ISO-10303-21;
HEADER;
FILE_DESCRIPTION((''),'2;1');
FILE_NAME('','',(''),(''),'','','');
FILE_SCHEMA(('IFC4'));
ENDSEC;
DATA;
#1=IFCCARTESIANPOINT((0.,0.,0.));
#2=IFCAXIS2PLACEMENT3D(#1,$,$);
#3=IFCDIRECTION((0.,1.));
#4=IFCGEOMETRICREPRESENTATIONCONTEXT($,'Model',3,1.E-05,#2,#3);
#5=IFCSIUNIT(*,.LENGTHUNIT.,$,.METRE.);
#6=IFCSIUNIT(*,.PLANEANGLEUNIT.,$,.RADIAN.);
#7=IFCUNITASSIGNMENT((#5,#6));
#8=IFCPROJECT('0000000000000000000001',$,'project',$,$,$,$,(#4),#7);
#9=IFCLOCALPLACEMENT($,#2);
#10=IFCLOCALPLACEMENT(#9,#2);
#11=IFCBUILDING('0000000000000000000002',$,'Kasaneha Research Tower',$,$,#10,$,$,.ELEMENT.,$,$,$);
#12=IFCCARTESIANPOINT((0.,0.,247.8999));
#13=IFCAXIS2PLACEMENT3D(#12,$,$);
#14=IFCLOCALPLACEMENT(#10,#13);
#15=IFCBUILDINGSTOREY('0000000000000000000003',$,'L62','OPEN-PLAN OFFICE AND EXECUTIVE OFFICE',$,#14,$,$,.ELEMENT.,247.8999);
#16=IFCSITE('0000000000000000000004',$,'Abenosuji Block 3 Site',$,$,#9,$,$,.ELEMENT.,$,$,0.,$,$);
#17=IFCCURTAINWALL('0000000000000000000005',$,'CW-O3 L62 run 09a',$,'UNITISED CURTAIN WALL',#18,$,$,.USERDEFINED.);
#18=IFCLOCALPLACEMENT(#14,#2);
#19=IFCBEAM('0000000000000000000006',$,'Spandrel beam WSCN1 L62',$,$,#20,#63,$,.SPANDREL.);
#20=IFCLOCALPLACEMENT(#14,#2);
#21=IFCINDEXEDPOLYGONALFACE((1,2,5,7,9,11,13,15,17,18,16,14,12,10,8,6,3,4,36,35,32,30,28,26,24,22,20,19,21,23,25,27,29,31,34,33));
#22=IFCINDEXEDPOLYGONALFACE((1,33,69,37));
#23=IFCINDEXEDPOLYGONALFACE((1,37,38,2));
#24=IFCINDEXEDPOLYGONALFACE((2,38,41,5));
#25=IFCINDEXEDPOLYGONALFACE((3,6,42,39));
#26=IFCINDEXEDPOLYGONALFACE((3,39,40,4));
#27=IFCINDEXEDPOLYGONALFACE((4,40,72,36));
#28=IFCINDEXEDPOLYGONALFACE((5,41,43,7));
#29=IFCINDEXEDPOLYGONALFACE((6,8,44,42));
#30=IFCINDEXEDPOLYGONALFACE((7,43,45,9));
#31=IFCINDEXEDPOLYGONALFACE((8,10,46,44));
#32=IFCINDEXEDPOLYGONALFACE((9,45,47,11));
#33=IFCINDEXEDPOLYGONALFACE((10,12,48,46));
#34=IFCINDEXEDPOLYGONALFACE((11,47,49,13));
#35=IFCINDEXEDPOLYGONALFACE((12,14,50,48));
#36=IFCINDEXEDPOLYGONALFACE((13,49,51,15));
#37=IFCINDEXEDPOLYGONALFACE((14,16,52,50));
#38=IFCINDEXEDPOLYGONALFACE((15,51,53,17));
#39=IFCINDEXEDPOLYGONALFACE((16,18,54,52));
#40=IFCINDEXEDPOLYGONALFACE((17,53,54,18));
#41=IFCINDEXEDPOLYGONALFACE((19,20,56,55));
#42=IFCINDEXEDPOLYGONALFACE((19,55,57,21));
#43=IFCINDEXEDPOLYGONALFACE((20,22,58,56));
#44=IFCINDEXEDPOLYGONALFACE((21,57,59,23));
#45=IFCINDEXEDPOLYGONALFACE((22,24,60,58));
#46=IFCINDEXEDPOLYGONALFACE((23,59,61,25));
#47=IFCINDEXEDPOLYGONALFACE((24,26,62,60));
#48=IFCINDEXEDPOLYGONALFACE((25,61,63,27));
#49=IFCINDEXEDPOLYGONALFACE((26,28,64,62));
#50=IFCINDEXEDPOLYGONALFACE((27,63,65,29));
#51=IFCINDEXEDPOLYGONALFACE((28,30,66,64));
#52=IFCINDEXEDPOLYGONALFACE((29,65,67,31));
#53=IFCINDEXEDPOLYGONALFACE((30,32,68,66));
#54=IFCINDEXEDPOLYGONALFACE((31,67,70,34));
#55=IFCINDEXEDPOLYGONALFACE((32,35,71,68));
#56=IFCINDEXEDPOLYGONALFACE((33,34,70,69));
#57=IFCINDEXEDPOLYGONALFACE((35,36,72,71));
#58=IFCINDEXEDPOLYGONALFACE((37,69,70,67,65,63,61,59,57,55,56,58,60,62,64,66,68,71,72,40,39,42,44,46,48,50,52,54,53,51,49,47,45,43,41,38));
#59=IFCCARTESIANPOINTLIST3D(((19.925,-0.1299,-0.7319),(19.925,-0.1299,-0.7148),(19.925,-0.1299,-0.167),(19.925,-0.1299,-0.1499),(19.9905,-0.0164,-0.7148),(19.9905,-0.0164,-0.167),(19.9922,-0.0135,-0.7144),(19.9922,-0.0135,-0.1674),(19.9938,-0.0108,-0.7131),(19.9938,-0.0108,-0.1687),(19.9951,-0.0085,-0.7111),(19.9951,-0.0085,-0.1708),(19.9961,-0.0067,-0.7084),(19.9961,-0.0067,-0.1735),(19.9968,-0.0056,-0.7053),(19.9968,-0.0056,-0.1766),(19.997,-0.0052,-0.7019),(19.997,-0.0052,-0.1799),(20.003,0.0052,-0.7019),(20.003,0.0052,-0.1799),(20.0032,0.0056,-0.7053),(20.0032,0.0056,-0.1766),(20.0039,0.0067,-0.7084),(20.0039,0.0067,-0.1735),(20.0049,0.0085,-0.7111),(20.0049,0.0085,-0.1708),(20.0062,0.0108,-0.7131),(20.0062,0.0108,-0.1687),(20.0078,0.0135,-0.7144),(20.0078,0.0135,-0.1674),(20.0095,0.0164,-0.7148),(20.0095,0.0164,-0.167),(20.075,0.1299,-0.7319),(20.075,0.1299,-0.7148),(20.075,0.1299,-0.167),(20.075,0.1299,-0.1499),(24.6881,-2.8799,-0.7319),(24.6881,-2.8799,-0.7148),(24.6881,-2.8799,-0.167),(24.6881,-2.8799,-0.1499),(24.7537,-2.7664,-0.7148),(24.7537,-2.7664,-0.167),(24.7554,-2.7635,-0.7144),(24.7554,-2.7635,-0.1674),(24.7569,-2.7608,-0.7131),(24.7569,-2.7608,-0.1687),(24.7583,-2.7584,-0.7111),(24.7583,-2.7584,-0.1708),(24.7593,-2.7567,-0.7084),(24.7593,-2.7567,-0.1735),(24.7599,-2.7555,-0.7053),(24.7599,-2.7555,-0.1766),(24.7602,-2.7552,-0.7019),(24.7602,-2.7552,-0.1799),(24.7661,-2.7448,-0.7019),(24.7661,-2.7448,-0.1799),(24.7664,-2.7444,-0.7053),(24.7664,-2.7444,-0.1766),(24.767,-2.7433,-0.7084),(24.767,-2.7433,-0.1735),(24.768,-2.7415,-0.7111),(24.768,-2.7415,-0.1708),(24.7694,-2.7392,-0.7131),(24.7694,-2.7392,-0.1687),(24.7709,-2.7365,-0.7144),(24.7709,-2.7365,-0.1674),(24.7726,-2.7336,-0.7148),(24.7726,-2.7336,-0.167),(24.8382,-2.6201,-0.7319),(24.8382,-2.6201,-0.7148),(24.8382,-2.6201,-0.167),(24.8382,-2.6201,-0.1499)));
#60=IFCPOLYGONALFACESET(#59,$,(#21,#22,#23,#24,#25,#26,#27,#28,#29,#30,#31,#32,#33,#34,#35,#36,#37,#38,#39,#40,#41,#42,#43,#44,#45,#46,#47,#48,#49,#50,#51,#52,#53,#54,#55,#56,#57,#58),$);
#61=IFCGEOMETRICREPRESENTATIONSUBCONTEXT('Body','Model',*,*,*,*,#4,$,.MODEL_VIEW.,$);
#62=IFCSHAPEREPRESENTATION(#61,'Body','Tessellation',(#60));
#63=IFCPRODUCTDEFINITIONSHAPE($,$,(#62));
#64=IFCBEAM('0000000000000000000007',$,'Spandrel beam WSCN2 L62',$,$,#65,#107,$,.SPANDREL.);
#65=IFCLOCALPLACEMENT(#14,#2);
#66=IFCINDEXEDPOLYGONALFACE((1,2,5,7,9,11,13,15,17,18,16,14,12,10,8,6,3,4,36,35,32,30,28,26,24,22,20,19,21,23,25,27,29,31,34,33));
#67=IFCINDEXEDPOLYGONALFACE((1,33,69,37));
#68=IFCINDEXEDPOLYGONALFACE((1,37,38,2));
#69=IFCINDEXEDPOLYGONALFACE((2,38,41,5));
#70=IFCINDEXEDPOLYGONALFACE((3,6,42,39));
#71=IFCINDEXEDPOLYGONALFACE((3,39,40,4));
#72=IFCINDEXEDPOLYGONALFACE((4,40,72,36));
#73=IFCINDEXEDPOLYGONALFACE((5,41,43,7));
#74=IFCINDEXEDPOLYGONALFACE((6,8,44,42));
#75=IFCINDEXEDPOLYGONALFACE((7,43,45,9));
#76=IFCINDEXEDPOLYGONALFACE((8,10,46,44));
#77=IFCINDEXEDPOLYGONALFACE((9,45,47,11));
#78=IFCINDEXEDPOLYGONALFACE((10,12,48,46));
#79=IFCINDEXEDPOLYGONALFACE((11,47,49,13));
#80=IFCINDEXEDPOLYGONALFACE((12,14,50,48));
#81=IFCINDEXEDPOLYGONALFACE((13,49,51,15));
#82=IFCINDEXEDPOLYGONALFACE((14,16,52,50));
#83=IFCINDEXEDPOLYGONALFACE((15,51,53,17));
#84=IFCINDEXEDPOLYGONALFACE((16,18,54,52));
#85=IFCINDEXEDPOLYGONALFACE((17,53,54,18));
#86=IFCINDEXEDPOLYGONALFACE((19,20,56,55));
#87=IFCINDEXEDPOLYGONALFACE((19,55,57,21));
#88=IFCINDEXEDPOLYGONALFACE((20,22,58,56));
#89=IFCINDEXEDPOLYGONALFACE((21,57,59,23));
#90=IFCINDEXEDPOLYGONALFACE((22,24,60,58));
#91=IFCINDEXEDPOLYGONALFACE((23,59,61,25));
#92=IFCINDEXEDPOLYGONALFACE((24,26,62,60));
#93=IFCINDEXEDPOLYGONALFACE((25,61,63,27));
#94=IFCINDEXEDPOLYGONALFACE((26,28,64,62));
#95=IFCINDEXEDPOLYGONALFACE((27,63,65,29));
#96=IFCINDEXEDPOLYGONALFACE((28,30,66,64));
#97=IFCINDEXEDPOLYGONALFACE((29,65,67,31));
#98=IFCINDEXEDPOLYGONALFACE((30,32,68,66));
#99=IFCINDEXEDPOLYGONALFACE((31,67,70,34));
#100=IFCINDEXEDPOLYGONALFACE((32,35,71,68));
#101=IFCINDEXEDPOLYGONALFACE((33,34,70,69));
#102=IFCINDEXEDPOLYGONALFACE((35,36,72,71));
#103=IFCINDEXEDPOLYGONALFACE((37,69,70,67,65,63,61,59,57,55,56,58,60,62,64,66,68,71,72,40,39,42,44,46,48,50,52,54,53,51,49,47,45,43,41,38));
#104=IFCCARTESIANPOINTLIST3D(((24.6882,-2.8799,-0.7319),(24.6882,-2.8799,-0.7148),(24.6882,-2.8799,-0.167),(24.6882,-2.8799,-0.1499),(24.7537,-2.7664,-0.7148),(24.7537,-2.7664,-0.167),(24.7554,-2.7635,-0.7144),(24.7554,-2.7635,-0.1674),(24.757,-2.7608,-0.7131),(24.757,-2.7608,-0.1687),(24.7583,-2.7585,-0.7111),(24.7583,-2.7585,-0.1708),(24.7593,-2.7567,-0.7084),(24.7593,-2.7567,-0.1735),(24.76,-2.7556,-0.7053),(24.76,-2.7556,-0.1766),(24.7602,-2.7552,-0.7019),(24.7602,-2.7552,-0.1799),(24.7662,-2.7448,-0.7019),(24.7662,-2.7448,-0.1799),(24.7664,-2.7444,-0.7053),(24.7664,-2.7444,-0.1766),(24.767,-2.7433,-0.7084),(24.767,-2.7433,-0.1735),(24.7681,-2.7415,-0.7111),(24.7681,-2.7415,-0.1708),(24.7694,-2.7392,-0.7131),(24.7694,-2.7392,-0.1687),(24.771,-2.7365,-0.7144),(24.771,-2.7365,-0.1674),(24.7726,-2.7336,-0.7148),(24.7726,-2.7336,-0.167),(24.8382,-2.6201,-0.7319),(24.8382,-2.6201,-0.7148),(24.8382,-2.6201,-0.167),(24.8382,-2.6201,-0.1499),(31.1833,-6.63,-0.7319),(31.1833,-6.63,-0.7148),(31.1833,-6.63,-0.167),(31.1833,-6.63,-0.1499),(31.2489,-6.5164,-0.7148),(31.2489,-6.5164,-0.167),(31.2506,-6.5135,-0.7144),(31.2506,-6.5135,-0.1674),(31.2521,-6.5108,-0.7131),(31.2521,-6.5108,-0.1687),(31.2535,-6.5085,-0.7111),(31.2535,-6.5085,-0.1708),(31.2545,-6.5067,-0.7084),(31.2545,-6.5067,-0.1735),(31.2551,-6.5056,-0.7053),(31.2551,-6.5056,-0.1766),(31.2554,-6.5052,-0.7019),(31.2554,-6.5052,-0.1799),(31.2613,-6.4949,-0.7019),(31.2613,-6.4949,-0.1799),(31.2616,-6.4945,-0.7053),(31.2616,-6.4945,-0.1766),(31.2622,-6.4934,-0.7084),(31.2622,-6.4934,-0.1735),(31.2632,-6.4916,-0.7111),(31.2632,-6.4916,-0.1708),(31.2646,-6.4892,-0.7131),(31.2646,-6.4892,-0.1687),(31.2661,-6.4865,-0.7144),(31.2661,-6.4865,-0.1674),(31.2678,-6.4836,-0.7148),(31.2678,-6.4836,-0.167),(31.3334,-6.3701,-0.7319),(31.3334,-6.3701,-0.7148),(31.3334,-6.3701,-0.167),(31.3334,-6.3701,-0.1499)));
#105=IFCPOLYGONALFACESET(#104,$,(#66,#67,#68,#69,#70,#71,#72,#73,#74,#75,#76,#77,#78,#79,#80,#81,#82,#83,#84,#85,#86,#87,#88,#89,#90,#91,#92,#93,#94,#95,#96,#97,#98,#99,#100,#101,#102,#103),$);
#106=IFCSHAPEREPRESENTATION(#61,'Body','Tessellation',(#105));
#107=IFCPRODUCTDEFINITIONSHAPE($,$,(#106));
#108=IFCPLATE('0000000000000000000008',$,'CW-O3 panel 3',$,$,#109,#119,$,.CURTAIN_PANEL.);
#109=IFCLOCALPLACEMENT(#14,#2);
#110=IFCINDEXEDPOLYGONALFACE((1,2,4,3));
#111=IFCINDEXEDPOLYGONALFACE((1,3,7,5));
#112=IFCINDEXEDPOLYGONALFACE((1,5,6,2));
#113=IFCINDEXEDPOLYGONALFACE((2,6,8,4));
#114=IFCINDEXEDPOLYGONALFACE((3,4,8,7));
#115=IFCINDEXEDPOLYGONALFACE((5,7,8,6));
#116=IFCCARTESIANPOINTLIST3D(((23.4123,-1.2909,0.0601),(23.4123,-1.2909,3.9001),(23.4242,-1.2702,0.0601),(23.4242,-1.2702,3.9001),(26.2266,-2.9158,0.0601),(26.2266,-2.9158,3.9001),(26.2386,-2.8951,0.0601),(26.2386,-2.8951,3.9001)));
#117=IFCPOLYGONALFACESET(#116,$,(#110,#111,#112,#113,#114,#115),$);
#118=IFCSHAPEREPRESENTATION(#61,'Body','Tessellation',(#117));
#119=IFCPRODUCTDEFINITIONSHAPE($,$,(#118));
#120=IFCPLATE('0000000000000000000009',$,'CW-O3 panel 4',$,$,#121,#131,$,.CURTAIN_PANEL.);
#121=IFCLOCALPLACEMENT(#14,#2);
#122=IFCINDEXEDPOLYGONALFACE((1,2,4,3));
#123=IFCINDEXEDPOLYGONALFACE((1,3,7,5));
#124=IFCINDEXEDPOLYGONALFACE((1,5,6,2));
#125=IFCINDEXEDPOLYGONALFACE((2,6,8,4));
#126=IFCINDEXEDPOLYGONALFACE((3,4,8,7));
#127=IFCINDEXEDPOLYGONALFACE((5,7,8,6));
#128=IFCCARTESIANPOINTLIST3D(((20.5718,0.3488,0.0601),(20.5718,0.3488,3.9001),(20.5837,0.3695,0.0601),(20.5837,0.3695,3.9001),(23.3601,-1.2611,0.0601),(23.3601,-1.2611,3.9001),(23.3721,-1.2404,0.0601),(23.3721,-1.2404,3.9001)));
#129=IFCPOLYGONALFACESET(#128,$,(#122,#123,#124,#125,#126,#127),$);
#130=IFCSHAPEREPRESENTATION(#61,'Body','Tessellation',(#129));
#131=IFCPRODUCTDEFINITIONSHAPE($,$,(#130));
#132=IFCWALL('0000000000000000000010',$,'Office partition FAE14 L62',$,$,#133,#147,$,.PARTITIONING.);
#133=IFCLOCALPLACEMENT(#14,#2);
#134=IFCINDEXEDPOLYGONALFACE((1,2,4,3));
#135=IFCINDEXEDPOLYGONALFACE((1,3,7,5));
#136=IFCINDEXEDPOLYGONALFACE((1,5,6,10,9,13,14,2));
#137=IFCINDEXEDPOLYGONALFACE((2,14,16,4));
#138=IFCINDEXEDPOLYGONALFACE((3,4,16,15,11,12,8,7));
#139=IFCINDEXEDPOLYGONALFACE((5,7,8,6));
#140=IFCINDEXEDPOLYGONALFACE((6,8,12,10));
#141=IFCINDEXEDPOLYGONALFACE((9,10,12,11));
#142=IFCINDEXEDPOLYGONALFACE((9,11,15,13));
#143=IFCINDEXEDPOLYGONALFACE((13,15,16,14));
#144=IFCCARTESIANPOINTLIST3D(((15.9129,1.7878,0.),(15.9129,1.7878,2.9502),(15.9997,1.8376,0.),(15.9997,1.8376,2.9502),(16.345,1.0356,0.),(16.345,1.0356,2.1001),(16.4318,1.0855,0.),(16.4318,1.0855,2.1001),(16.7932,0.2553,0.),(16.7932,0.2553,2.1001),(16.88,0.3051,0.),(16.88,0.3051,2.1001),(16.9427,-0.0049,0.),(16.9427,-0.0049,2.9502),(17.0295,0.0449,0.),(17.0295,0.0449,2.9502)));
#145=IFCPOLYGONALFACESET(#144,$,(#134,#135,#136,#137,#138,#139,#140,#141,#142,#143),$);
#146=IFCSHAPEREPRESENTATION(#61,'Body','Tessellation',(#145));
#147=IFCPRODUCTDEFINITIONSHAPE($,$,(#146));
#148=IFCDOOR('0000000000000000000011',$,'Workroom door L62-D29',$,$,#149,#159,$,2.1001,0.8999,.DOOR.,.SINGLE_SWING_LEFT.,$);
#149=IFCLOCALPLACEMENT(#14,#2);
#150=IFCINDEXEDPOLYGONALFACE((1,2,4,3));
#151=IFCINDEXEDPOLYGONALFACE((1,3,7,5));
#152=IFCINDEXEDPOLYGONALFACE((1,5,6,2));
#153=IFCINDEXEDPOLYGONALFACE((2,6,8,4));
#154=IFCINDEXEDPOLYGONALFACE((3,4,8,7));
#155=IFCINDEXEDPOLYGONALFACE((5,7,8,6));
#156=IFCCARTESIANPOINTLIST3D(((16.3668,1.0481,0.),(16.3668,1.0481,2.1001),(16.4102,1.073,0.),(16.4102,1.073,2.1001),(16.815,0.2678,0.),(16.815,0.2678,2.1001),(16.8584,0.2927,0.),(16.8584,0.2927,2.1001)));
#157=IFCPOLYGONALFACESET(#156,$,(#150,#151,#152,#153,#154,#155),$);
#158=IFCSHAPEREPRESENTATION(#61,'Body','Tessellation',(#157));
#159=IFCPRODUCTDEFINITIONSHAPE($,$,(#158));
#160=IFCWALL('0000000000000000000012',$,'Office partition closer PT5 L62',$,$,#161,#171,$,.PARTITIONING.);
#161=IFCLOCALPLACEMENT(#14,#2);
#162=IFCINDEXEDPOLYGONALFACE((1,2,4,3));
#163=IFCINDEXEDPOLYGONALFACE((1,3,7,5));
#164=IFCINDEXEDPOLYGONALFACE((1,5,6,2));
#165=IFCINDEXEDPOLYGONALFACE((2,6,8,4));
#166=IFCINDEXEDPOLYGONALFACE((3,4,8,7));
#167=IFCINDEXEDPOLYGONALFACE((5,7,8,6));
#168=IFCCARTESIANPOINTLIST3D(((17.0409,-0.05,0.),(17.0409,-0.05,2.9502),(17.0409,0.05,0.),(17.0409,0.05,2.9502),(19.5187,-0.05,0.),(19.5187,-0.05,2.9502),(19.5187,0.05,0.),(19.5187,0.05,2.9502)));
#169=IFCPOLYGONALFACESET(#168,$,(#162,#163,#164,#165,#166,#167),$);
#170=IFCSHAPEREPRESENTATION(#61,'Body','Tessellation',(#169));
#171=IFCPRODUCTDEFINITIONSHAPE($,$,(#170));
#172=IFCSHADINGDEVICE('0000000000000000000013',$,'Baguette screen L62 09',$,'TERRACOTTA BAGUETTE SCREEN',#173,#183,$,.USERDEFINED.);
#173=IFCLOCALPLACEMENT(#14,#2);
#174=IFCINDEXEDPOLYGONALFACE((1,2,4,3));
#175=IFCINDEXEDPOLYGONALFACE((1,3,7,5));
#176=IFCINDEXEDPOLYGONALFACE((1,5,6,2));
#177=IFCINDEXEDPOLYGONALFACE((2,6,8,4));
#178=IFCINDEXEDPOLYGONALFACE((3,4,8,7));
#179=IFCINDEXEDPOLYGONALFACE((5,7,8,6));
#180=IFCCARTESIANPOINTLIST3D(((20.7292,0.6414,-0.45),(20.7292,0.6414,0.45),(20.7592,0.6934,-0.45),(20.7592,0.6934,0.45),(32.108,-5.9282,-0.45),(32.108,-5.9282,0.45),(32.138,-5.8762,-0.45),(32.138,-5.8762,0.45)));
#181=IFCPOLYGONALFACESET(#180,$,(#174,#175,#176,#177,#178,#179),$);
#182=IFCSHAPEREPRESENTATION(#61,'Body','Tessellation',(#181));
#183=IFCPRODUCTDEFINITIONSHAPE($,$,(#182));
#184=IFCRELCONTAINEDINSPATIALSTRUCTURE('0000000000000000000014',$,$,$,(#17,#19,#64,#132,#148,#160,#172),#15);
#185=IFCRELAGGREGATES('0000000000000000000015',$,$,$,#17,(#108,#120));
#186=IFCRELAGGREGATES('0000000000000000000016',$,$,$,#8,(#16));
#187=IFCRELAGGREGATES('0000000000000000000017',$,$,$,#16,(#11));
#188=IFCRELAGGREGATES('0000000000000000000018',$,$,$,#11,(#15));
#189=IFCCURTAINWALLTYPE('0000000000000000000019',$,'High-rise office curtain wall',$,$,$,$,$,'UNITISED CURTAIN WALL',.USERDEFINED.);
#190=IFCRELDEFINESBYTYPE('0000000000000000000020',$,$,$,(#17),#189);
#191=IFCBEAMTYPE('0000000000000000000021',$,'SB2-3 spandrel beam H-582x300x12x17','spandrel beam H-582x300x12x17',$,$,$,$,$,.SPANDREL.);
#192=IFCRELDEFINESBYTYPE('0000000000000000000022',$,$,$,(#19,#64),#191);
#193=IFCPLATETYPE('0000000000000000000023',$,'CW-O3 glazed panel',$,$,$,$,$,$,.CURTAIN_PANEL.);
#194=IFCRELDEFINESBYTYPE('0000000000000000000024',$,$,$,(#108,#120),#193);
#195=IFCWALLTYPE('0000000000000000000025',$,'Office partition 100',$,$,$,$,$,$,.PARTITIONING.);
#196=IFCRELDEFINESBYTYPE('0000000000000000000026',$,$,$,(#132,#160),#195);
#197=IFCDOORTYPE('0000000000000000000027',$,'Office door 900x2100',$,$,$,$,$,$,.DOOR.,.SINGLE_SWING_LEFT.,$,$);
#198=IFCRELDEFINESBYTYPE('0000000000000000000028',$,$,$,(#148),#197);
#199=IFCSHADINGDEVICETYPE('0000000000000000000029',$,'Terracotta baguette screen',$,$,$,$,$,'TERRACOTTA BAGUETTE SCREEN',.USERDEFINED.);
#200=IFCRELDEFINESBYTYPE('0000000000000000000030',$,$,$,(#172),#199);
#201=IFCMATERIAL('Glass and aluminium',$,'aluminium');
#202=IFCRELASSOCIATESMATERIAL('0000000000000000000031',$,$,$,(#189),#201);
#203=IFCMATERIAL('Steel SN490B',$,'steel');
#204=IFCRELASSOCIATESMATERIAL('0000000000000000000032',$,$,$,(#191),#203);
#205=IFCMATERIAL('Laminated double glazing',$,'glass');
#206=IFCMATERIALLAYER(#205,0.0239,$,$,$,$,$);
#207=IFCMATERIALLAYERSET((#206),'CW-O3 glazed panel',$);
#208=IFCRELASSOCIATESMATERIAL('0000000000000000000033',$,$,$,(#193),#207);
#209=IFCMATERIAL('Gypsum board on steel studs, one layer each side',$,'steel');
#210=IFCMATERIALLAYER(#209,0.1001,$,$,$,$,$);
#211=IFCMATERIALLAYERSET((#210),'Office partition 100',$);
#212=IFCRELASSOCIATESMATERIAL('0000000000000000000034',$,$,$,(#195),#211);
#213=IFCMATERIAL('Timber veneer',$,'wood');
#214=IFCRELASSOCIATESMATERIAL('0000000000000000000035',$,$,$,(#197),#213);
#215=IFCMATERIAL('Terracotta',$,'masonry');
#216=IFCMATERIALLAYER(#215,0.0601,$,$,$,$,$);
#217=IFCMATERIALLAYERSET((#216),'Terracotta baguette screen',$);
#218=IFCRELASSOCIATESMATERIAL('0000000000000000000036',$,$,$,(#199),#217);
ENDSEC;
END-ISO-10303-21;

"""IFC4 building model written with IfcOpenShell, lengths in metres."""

from ifc_helpers import new_model, si_unit, direction, frame, frame_2d, origin, origin_2d, place, context, subcontext, project, spatial, rectangle, i_section, extrude, material, layer, layer_set, material_profile, profile_set, type_object, element, fill, aggregate, save


model = new_model("IFC4")

# Units and contexts
model_context = context("Model", 3, precision=1e-05, world=origin(), true_north=direction((0.0, 1.0)))
body_context = subcontext(model_context, "Body", "Model", "MODEL_VIEW")
ifc_project = project(units=[si_unit("LENGTHUNIT", "METRE"), si_unit("PLANEANGLEUNIT", "RADIAN")], contexts=[model_context])

# Site, building, storey
site_placement = place(None, origin())
site = spatial("IfcSite", under=ifc_project, at=site_placement, Name="Abenosuji Block 3 Site", CompositionType="ELEMENT", RefElevation=0.0)
building_placement = place(site_placement, origin())
building = spatial("IfcBuilding", under=site, at=building_placement, Name="Kasaneha Research Tower", CompositionType="ELEMENT")
storey_placement = place(building_placement, frame((0.0, 0.0, 247.8999)))
storey = spatial("IfcBuildingStorey", under=building, at=storey_placement, Name="L62", Description="OPEN-PLAN OFFICE AND EXECUTIVE OFFICE", CompositionType="ELEMENT", Elevation=247.8999)

# Curtain wall
ifc_material_1 = material(Name="Glass and aluminium", Category="aluminium")
curtain_wall_type = type_object("IfcCurtainWallType", Name="High-rise office curtain wall", ElementType="UNITISED CURTAIN WALL", PredefinedType="USERDEFINED", material=ifc_material_1)
curtain_wall_placement = place(storey_placement, origin())
curtain_wall = element("IfcCurtainWall", 1, at=curtain_wall_placement, inside=storey, type_object=curtain_wall_type, Name="CW-O3 L62 run 09a", ObjectType="UNITISED CURTAIN WALL", PredefinedType="USERDEFINED")

# Beams
ifc_material_2 = material(Name="Steel SN490B", Category="steel")
ifc_material_profile_1 = material_profile(ifc_material_2, i_section(OverallWidth=0.3, OverallDepth=0.582, WebThickness=0.012, FlangeThickness=0.0171, FilletRadius=0.0129, at=origin_2d()), Name="H-582x300x12x17")
ifc_profile_set_1 = profile_set([ifc_material_profile_1], Name="Steel SN490B")
beam_type_1 = type_object("IfcBeamType", Name="SB2-3 spandrel beam H-582x300x12x17", Description="spandrel beam H-582x300x12x17", PredefinedType="SPANDREL", material=ifc_profile_set_1)
beam_1_placement = place(storey_placement, frame((20.0, 0.0, -0.4409), z_axis=(0.866027, -0.499997, 0.0), x_axis=(0.499997, 0.866027, 0.0)))
element("IfcBeam", 2, at=beam_1_placement, inside=storey, type_object=beam_type_1, Name="Spandrel beam WSCN1 L62", PredefinedType="SPANDREL", context=body_context, shape_type="SweptSolid", body=[
    extrude(i_section(OverallWidth=0.3, OverallDepth=0.582, WebThickness=0.012, FlangeThickness=0.0171, FilletRadius=0.0129, at=origin_2d()), origin(), (0.0, 0.0, 1.0), 5.5),
])
beam_2_placement = place(storey_placement, frame((24.7632, -2.75, -0.4409), z_axis=(0.866023, -0.500004, 0.0), x_axis=(0.500004, 0.866023, 0.0)))
element("IfcBeam", 3, at=beam_2_placement, inside=storey, type_object=beam_type_1, Name="Spandrel beam WSCN2 L62", PredefinedType="SPANDREL", context=body_context, shape_type="SweptSolid", body=[
    extrude(i_section(OverallWidth=0.3, OverallDepth=0.582, WebThickness=0.012, FlangeThickness=0.0171, FilletRadius=0.0129, at=origin_2d()), origin(), (0.0, 0.0, 1.0), 7.5),
])

# Plates
ifc_material_3 = material(Name="Laminated double glazing", Category="glass")
ifc_layer_1 = layer(ifc_material_3, 0.0239)
ifc_layer_set_1 = layer_set([ifc_layer_1], Name="CW-O3 glazed panel")
plate_type = type_object("IfcPlateType", Name="CW-O3 glazed panel", PredefinedType="CURTAIN_PANEL", material=ifc_layer_set_1)
plate_1_placement = place(storey_placement, frame((24.8254, -2.093, 0.0601), z_axis=(0.0, 0.0, 1.0), x_axis=(-0.866025, 0.5, 0.0)))
plate_1 = element("IfcPlate", 4, at=plate_1_placement, type_object=plate_type, Name="CW-O3 panel 3", PredefinedType="CURTAIN_PANEL", context=body_context, shape_type="SweptSolid", body=[
    extrude(rectangle(XDim=3.2498, YDim=0.0239, at=origin_2d()), origin(), (0.0, 0.0, 1.0), 3.8401),
])
plate_2_placement = place(storey_placement, frame((21.9719, -0.4458, 0.0601), z_axis=(0.0, 0.0, 1.0), x_axis=(-0.866025, 0.5, 0.0)))
plate_2 = element("IfcPlate", 5, at=plate_2_placement, type_object=plate_type, Name="CW-O3 panel 4", PredefinedType="CURTAIN_PANEL", context=body_context, shape_type="SweptSolid", body=[
    extrude(rectangle(XDim=3.2197, YDim=0.0239, at=origin_2d()), origin(), (0.0, 0.0, 1.0), 3.8401),
])
aggregate(curtain_wall, [plate_1, plate_2])

# Wall, opening, door
ifc_material_4 = material(Name="Gypsum board on steel studs, one layer each side", Category="steel")
ifc_layer_2 = layer(ifc_material_4, 0.1001)
ifc_layer_set_2 = layer_set([ifc_layer_2], Name="Office partition 100")
wall_type = type_object("IfcWallType", Name="Office partition 100", PredefinedType="PARTITIONING", material=ifc_layer_set_2)
wall_1_placement = place(storey_placement, frame((16.9861, 0.02, 0.0), z_axis=(0.0, 0.0, 1.0), x_axis=(-0.498096, 0.867122, 0.0)))
wall_1 = element("IfcWall", 6, at=wall_1_placement, inside=storey, type_object=wall_type, Name="Office partition FAE14 L62", PredefinedType="PARTITIONING", context=body_context, shape_type="SweptSolid", body=[
    extrude(rectangle(XDim=2.0674, YDim=0.1001, at=frame_2d((1.0337, 0.0))), origin(), (0.0, 0.0, 1.0), 2.9502),
])
opening_placement = place(wall_1_placement, frame((0.3, 0.0, 0.0)))
opening = element("IfcOpeningElement", 7, at=opening_placement, cuts=wall_1, PredefinedType="OPENING", context=body_context, shape_type="SweptSolid", body=[
    extrude(rectangle(XDim=0.8999, YDim=2.1001, at=frame_2d((0.45, 1.05))), frame((0.0, 0.0601, 0.0), z_axis=(0.0, -1.0, 0.0), x_axis=(1.0, 0.0, 0.0)), (0.0, 0.0, 1.0), 0.1201),
])
ifc_material_5 = material(Name="Timber veneer", Category="wood")
door_type = type_object("IfcDoorType", Name="Office door 900x2100", OperationType="SINGLE_SWING_LEFT", PredefinedType="DOOR", material=ifc_material_5)
door_placement = place(opening_placement, origin())
door = element("IfcDoor", 8, at=door_placement, inside=storey, type_object=door_type, Name="Workroom door L62-D29", OperationType="SINGLE_SWING_LEFT", OverallHeight=2.1001, OverallWidth=0.8999, PredefinedType="DOOR", context=body_context, shape_type="SweptSolid", body=[
    extrude(rectangle(XDim=0.8999, YDim=2.1001, at=frame_2d((0.45, 1.05))), frame((0.0, 0.0249, 0.0), z_axis=(0.0, -1.0, 0.0), x_axis=(1.0, 0.0, 0.0)), (0.0, 0.0, 1.0), 0.05),
])
fill(opening, door)

# Wall
wall_2_placement = place(storey_placement, frame((19.5186, 0.0, 0.0), z_axis=(0.0, 0.0, 1.0), x_axis=(-1.0, 0.0, 0.0)))
element("IfcWall", 9, at=wall_2_placement, inside=storey, type_object=wall_type, Name="Office partition closer PT5 L62", PredefinedType="PARTITIONING", context=body_context, shape_type="SweptSolid", body=[
    extrude(rectangle(XDim=2.4778, YDim=0.1001, at=frame_2d((1.2388, 0.0))), origin(), (0.0, 0.0, 1.0), 2.9502),
])

# Shading device
ifc_material_6 = material(Name="Terracotta", Category="masonry")
ifc_layer_3 = layer(ifc_material_6, 0.0601)
ifc_layer_set_3 = layer_set([ifc_layer_3], Name="Terracotta baguette screen")
shading_device_type = type_object("IfcShadingDeviceType", Name="Terracotta baguette screen", ElementType="TERRACOTTA BAGUETTE SCREEN", PredefinedType="USERDEFINED", material=ifc_layer_set_3)
shading_device_placement = place(storey_placement, frame((26.4336, -2.6174, -0.45), z_axis=(0.0, 0.0, 1.0), x_axis=(-0.866025, 0.5, 0.0)))
element("IfcShadingDevice", 10, at=shading_device_placement, inside=storey, type_object=shading_device_type, Name="Baguette screen L62 09", ObjectType="TERRACOTTA BAGUETTE SCREEN", PredefinedType="USERDEFINED", context=body_context, shape_type="SweptSolid", body=[
    extrude(rectangle(XDim=13.1392, YDim=0.0601, at=origin_2d()), origin(), (0.0, 0.0, 1.0), 0.8999),
])

save(model, "model.ifc")
